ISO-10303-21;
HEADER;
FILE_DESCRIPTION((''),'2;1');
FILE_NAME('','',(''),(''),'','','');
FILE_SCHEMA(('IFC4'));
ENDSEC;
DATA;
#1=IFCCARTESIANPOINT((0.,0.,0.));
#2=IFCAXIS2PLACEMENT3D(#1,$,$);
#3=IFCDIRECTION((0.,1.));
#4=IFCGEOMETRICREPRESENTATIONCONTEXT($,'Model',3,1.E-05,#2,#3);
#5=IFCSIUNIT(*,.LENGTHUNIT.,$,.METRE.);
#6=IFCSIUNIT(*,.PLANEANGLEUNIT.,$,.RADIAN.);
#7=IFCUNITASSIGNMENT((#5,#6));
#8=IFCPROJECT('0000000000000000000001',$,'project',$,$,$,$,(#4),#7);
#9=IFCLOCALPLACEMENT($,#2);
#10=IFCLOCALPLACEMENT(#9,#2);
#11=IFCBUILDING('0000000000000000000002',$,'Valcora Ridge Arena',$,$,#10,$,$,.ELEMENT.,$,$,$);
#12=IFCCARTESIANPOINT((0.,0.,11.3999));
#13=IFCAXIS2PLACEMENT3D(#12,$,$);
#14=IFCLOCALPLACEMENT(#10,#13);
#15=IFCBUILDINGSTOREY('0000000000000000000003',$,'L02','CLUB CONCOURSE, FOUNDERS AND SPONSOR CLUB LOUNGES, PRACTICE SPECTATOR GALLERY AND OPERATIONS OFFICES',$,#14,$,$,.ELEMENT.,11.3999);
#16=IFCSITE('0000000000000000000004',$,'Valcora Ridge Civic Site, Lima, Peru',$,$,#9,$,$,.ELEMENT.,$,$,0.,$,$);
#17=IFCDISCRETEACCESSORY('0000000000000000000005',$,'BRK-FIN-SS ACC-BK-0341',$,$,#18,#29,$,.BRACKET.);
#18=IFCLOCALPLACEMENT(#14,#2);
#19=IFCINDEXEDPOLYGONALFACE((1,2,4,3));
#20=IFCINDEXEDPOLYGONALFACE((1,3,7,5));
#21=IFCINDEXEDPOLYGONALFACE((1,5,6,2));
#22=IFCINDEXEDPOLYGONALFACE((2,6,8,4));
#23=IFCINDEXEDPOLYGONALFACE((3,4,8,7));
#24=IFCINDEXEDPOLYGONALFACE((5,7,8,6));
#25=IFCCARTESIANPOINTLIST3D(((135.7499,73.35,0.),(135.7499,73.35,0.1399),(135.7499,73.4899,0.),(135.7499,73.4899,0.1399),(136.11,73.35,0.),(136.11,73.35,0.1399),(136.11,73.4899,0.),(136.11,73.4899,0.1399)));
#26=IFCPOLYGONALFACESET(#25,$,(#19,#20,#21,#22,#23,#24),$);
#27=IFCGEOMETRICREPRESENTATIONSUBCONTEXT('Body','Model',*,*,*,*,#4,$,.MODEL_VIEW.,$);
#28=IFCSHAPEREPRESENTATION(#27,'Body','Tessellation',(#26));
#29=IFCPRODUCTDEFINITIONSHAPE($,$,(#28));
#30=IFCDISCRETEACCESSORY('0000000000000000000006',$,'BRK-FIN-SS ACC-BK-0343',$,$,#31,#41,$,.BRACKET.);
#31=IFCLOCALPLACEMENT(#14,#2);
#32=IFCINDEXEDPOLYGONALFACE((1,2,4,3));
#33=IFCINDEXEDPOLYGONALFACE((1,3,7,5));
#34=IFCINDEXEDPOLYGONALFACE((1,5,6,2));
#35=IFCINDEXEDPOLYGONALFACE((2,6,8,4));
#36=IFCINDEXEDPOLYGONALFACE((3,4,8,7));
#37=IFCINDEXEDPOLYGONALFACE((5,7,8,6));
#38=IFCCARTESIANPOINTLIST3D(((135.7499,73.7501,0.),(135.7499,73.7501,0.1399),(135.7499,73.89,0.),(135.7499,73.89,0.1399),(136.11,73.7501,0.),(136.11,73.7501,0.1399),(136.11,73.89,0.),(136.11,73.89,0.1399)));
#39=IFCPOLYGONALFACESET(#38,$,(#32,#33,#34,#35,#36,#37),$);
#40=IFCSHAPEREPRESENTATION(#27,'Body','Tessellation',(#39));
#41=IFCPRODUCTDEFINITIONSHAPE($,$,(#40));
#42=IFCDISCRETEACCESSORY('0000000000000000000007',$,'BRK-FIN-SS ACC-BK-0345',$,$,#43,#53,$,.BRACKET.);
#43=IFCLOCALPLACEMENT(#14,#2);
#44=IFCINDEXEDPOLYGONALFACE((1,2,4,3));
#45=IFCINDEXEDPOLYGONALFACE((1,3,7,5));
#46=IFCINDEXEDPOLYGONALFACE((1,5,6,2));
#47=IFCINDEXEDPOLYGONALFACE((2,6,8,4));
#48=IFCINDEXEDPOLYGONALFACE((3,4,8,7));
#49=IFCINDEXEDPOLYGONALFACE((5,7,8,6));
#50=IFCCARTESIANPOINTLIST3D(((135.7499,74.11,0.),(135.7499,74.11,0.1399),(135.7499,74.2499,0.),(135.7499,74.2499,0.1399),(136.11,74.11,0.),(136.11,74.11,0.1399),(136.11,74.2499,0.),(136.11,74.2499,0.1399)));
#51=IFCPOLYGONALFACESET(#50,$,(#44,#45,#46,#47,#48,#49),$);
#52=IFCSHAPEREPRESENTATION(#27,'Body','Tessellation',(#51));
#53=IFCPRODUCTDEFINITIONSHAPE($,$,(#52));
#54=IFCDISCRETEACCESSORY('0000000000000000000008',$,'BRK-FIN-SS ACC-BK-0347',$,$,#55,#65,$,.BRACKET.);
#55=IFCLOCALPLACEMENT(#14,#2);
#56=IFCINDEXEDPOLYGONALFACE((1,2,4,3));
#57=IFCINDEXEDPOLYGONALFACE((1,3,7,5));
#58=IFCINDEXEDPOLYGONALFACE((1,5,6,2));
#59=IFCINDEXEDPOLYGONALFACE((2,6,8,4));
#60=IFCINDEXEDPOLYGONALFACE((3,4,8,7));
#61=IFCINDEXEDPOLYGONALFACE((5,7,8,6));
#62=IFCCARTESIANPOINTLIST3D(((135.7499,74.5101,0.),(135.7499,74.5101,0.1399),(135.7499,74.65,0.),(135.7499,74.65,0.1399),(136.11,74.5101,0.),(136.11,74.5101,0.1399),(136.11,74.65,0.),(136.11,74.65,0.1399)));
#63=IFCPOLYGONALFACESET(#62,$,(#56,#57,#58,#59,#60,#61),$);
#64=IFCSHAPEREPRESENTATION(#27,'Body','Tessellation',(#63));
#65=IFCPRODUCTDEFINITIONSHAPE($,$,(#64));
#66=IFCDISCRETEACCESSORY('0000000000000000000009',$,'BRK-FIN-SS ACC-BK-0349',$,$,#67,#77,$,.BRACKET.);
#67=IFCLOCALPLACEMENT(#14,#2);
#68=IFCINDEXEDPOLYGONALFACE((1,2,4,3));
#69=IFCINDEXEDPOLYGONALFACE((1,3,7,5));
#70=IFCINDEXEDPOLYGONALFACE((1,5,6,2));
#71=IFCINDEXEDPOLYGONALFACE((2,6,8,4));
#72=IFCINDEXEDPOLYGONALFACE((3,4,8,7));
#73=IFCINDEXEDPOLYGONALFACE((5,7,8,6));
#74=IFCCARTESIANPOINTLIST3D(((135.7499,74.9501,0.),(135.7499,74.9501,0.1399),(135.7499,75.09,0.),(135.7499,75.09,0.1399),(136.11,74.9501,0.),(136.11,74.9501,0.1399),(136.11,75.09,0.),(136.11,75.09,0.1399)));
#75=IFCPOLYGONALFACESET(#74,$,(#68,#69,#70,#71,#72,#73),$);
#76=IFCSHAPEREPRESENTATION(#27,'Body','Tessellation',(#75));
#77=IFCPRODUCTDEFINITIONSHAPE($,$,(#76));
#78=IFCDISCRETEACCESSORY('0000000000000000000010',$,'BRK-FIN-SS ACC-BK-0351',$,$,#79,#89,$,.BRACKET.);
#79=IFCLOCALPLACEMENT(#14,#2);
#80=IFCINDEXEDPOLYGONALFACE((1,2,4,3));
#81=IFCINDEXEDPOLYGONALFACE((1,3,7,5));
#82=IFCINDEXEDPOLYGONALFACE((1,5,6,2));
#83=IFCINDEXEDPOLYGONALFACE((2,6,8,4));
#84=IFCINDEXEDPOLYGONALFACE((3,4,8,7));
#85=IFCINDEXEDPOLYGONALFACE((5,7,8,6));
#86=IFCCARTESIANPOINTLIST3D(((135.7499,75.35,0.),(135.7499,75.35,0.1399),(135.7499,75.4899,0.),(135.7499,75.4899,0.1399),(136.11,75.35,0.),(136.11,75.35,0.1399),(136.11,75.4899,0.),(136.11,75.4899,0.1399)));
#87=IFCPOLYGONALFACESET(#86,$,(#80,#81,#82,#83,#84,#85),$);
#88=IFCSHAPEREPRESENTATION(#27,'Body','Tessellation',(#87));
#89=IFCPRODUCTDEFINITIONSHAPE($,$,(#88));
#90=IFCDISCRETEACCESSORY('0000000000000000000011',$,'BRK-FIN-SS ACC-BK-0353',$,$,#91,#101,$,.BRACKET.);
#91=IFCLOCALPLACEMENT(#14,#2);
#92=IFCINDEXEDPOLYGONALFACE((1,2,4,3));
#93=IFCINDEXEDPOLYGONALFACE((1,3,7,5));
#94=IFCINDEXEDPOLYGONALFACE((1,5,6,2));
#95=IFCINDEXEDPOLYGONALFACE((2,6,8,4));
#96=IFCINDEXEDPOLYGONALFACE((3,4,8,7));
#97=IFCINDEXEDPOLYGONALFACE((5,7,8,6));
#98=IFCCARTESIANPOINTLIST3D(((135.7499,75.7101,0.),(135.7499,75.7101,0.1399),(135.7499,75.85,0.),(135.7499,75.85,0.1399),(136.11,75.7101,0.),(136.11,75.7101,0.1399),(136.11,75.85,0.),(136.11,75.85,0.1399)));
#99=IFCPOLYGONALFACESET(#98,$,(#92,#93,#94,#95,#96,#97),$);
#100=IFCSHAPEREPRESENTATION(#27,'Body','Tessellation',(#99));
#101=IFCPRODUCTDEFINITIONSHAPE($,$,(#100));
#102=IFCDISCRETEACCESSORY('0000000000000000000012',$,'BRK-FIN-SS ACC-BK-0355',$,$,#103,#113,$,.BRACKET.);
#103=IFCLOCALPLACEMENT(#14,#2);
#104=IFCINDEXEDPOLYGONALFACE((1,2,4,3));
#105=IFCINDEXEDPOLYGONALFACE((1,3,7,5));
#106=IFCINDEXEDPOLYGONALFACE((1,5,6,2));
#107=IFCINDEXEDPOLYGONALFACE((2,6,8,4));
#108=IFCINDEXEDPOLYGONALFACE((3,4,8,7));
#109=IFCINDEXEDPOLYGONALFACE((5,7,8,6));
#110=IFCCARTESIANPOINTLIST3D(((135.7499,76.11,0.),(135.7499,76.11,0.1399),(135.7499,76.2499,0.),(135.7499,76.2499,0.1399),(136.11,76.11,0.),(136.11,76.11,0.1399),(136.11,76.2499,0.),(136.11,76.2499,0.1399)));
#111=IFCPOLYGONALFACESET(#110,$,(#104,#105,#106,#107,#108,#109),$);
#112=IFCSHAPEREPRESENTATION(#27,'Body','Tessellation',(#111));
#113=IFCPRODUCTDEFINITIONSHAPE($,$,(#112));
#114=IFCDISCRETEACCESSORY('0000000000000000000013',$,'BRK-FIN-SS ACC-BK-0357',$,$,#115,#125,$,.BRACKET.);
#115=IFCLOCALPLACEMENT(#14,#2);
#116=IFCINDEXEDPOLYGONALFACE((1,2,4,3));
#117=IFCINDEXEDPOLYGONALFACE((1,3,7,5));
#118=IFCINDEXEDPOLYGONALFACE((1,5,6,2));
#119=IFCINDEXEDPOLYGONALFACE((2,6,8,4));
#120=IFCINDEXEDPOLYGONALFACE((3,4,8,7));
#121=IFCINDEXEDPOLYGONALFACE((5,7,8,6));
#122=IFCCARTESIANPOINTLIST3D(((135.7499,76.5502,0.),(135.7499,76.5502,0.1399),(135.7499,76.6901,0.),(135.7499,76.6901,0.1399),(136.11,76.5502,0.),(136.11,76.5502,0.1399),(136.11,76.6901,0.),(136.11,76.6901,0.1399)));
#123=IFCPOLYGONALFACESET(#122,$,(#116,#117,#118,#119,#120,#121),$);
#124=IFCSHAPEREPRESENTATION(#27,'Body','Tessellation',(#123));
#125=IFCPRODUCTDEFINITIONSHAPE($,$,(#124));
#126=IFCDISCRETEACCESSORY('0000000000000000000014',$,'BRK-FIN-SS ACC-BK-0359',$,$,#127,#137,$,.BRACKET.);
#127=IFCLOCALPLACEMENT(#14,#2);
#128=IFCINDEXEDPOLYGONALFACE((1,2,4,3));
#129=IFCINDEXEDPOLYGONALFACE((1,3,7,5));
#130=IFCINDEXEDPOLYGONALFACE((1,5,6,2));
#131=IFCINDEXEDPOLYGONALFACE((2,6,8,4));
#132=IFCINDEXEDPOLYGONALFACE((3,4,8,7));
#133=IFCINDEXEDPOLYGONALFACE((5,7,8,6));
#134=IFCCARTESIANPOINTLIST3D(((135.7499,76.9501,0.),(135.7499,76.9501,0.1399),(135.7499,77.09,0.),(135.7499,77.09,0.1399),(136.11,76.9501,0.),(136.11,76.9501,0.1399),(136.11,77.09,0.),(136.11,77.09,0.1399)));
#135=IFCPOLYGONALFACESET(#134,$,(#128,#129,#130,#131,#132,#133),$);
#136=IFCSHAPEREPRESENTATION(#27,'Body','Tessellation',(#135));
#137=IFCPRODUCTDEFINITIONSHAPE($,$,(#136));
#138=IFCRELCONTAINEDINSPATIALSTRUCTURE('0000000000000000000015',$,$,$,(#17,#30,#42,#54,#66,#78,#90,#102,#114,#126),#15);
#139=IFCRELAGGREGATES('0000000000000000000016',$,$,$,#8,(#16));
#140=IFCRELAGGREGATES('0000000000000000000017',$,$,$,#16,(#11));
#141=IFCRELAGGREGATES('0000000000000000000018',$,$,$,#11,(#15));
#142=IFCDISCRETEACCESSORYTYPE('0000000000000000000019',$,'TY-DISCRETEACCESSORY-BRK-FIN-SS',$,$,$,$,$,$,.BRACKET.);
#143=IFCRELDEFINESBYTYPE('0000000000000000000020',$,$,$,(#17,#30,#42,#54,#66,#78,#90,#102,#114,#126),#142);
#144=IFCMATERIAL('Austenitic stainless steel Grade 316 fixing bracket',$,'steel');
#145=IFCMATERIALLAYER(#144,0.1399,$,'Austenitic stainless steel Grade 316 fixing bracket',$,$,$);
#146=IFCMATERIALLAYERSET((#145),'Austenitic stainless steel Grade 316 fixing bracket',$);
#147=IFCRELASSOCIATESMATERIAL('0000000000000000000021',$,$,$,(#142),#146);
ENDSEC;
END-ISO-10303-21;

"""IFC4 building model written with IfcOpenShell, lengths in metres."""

from ifc_helpers import new_model, si_unit, direction, frame, origin, origin_2d, place, context, subcontext, project, spatial, rectangle, extrude, material, layer, layer_set, type_object, element, save


model = new_model("IFC4")

# Units and contexts
model_context = context("Model", 3, precision=1e-05, world=origin(), true_north=direction((0.0, 1.0)))
body_context = subcontext(model_context, "Body", "Model", "MODEL_VIEW")
ifc_project = project(units=[si_unit("LENGTHUNIT", "METRE"), si_unit("PLANEANGLEUNIT", "RADIAN")], contexts=[model_context])

# Site, building, storey
site_placement = place(None, origin())
site = spatial("IfcSite", under=ifc_project, at=site_placement, Name="Valcora Ridge Civic Site, Lima, Peru", CompositionType="ELEMENT", RefElevation=0.0)
building_placement = place(site_placement, origin())
building = spatial("IfcBuilding", under=site, at=building_placement, Name="Valcora Ridge Arena", CompositionType="ELEMENT")
storey_placement = place(building_placement, frame((0.0, 0.0, 11.3999)))
storey = spatial("IfcBuildingStorey", under=building, at=storey_placement, Name="L02", Description="CLUB CONCOURSE, FOUNDERS AND SPONSOR CLUB LOUNGES, PRACTICE SPECTATOR GALLERY AND OPERATIONS OFFICES", CompositionType="ELEMENT", Elevation=11.3999)

# Discrete accessories
ifc_material_1 = material(Name="Austenitic stainless steel Grade 316 fixing bracket", Category="steel")
ifc_layer = layer(ifc_material_1, 0.1399, Name="Austenitic stainless steel Grade 316 fixing bracket")
ifc_layer_set = layer_set([ifc_layer], Name="Austenitic stainless steel Grade 316 fixing bracket")
discrete_accessory_type = type_object("IfcDiscreteAccessoryType", Name="TY-DISCRETEACCESSORY-BRK-FIN-SS", PredefinedType="BRACKET", material=ifc_layer_set)
for number, where, z_axis, x_axis, name in (
    (1, (135.9299, 73.4199, 0.0), (0.0, 0.0, 1.0), (1.0, 0.0, 0.0), "BRK-FIN-SS ACC-BK-0341"),
    (2, (135.9299, 73.8201, 0.0), (0.0, 0.0, 1.0), (1.0, 0.0, 0.0), "BRK-FIN-SS ACC-BK-0343"),
    (3, (135.9299, 74.1799, 0.0), (0.0, 0.0, 1.0), (1.0, 0.0, 0.0), "BRK-FIN-SS ACC-BK-0345"),
    (4, (135.9299, 74.5801, 0.0), (0.0, 0.0, 1.0), (1.0, 0.0, 0.0), "BRK-FIN-SS ACC-BK-0347"),
    (5, (135.9299, 75.02, 0.0), (0.0, 0.0, 1.0), (1.0, 0.0, 0.0), "BRK-FIN-SS ACC-BK-0349"),
    (6, (135.9299, 75.4199, 0.0), (0.0, 0.0, 1.0), (1.0, 0.0, 0.0), "BRK-FIN-SS ACC-BK-0351"),
    (7, (135.9299, 75.78, 0.0), (0.0, 0.0, 1.0), (1.0, 0.0, 0.0), "BRK-FIN-SS ACC-BK-0353"),
    (8, (135.9299, 76.1799, 0.0), (0.0, 0.0, 1.0), (1.0, 0.0, 0.0), "BRK-FIN-SS ACC-BK-0355"),
    (9, (135.9299, 76.6201, 0.0), (0.0, 0.0, 1.0), (1.0, 0.0, 0.0), "BRK-FIN-SS ACC-BK-0357"),
    (10, (135.9299, 77.02, 0.0), (0.0, 0.0, 1.0), (1.0, 0.0, 0.0), "BRK-FIN-SS ACC-BK-0359"),
):
    element("IfcDiscreteAccessory", number, at=place(storey_placement, frame(where, z_axis=z_axis, x_axis=x_axis)), inside=storey, type_object=discrete_accessory_type, Name=name, PredefinedType="BRACKET", context=body_context, shape_type="SweptSolid", body=[
        extrude(rectangle(XDim=0.3601, YDim=0.1399, at=origin_2d()), origin(), (0.0, 0.0, 1.0), 0.1399),
    ])

save(model, "model.ifc")
